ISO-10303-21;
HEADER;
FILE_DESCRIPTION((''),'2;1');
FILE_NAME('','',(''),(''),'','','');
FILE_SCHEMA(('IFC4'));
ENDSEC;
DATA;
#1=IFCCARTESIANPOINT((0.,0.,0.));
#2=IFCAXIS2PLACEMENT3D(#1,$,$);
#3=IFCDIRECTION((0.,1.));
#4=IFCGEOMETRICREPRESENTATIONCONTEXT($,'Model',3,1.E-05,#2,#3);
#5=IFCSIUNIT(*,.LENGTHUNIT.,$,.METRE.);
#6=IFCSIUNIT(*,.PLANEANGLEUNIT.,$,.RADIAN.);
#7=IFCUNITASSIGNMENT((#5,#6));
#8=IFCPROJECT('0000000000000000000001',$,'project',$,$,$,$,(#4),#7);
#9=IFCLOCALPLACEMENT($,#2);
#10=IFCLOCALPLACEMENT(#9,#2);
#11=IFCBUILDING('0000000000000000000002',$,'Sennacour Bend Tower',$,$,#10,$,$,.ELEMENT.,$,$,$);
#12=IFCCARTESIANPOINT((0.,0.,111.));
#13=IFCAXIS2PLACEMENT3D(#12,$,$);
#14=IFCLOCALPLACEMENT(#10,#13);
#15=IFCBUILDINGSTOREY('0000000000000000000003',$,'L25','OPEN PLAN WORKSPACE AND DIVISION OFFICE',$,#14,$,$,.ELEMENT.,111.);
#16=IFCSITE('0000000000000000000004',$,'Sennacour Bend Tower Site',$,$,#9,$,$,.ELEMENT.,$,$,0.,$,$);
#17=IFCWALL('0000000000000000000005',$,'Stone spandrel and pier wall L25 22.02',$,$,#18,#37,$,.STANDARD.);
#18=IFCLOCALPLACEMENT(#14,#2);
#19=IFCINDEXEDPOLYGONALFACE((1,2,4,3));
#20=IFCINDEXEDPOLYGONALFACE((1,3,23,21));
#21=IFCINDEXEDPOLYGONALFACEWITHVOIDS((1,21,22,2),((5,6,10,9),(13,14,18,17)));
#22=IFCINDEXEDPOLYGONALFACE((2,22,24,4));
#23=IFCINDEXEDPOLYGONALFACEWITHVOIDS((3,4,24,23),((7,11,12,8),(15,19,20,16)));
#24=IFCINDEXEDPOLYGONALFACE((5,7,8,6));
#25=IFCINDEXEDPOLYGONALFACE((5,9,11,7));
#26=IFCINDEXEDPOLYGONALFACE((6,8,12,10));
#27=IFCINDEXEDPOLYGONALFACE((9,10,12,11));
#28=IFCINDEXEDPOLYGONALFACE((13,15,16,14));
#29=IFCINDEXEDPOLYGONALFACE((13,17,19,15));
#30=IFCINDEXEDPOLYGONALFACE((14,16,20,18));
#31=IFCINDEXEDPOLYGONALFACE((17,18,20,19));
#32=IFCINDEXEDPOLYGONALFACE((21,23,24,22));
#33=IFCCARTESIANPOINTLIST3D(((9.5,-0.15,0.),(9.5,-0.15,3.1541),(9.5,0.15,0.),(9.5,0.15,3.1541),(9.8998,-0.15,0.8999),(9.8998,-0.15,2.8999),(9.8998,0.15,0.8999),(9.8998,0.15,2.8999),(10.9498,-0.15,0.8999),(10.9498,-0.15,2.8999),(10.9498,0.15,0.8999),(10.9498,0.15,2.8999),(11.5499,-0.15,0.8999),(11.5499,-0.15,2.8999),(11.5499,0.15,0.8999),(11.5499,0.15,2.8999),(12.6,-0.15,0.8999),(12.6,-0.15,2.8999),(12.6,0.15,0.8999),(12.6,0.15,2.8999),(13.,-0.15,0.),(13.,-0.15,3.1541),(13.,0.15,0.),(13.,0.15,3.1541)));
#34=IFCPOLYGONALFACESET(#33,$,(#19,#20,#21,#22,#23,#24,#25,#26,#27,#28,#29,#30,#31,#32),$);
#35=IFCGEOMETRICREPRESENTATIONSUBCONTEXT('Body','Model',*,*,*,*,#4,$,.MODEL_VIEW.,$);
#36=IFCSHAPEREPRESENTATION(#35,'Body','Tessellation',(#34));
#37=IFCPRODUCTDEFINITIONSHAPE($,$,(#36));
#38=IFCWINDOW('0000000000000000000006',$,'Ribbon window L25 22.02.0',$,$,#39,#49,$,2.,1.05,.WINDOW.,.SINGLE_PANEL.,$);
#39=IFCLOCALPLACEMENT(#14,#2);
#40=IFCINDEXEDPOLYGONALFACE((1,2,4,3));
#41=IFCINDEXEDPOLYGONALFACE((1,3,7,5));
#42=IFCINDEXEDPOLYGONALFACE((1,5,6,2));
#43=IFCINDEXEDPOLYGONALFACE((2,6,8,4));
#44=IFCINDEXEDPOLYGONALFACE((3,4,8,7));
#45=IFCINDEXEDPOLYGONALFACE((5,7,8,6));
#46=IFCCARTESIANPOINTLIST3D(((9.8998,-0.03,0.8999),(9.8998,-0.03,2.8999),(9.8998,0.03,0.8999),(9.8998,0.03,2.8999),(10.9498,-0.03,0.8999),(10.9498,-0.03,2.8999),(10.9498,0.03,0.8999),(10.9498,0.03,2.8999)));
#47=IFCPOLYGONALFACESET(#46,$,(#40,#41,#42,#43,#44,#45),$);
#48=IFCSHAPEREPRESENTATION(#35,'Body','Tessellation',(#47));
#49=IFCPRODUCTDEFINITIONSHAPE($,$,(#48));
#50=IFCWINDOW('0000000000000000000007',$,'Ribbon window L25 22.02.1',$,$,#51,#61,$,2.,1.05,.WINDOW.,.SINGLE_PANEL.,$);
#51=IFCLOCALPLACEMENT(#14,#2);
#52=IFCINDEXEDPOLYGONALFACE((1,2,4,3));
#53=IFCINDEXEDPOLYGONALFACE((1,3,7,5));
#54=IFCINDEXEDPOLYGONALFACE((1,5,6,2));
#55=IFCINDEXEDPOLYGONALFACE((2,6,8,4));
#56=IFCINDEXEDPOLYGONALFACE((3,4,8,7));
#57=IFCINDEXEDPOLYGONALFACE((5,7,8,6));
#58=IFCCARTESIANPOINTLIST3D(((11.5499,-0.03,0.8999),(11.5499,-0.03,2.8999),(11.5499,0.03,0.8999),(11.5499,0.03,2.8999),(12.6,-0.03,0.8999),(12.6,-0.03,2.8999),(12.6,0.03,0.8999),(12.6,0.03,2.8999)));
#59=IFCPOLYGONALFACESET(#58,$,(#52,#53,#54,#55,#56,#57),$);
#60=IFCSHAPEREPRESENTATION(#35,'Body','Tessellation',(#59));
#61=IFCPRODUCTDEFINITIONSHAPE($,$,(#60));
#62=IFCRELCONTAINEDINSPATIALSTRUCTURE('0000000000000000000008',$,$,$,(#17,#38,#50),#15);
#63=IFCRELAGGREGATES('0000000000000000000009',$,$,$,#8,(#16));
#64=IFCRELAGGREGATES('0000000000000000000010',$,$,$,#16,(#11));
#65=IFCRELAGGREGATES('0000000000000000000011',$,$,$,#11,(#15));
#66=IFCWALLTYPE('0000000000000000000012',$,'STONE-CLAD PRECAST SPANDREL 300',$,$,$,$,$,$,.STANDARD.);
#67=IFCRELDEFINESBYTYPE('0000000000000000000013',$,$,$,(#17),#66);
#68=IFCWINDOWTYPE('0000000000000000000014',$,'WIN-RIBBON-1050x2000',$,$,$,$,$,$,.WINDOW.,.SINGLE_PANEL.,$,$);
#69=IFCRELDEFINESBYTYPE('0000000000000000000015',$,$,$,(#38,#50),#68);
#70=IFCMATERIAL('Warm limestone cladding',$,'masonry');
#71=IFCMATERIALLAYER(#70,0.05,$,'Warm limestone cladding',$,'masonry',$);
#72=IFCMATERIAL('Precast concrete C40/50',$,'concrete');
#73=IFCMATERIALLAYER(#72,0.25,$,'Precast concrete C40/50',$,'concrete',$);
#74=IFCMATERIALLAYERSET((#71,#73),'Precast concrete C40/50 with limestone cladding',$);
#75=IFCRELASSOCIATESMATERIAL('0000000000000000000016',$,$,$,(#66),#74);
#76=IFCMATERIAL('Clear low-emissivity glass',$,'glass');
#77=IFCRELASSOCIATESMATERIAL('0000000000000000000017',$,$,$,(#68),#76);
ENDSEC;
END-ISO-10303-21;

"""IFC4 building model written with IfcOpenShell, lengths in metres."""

from ifc_helpers import new_model, si_unit, direction, frame, frame_2d, origin, place, context, subcontext, project, spatial, rectangle, extrude, material, layer, layer_set, type_object, element, fill, save


model = new_model("IFC4")

# Units and contexts
model_context = context("Model", 3, precision=1e-05, world=origin(), true_north=direction((0.0, 1.0)))
body_context = subcontext(model_context, "Body", "Model", "MODEL_VIEW")
ifc_project = project(units=[si_unit("LENGTHUNIT", "METRE"), si_unit("PLANEANGLEUNIT", "RADIAN")], contexts=[model_context])

# Site, building, storey
site_placement = place(None, origin())
site = spatial("IfcSite", under=ifc_project, at=site_placement, Name="Sennacour Bend Tower Site", CompositionType="ELEMENT", RefElevation=0.0)
building_placement = place(site_placement, origin())
building = spatial("IfcBuilding", under=site, at=building_placement, Name="Sennacour Bend Tower", CompositionType="ELEMENT")
storey_placement = place(building_placement, frame((0.0, 0.0, 111.0)))
storey = spatial("IfcBuildingStorey", under=building, at=storey_placement, Name="L25", Description="OPEN PLAN WORKSPACE AND DIVISION OFFICE", CompositionType="ELEMENT", Elevation=111.0)

# Wall, openings, windows
ifc_material_1 = material(Name="Warm limestone cladding", Category="masonry")
ifc_layer_1 = layer(ifc_material_1, 0.05, Name="Warm limestone cladding", Category="masonry")
ifc_material_2 = material(Name="Precast concrete C40/50", Category="concrete")
ifc_layer_2 = layer(ifc_material_2, 0.25, Name="Precast concrete C40/50", Category="concrete")
ifc_layer_set_1 = layer_set([ifc_layer_1, ifc_layer_2], Name="Precast concrete C40/50 with limestone cladding")
wall_type_1 = type_object("IfcWallType", Name="STONE-CLAD PRECAST SPANDREL 300", PredefinedType="STANDARD", material=ifc_layer_set_1)
wall_1_placement = place(storey_placement, frame((9.5, 0.0, 0.0), z_axis=(0.0, 0.0, 1.0), x_axis=(1.0, 0.0, 0.0)))
wall_1 = element("IfcWall", 1, at=wall_1_placement, inside=storey, type_object=wall_type_1, Name="Stone spandrel and pier wall L25 22.02", PredefinedType="STANDARD", context=body_context, shape_type="SweptSolid", body=[
    extrude(rectangle(XDim=3.5, YDim=0.3, at=frame_2d((1.75, 0.0))), origin(), (0.0, 0.0, 1.0), 3.1541),
])
opening_1_placement = place(wall_1_placement, frame((0.3999, 0.0, 0.8999)))
opening_1 = element("IfcOpeningElement", 2, at=opening_1_placement, cuts=wall_1, PredefinedType="OPENING", context=body_context, shape_type="SweptSolid", body=[
    extrude(rectangle(XDim=1.05, YDim=2.0, at=frame_2d((0.5249, 1.0))), frame((0.0, 0.1602, 0.0), z_axis=(0.0, -1.0, 0.0), x_axis=(1.0, 0.0, 0.0)), (0.0, 0.0, 1.0), 0.3201),
])
opening_2_placement = place(wall_1_placement, frame((2.05, 0.0, 0.8999)))
opening_2 = element("IfcOpeningElement", 3, at=opening_2_placement, cuts=wall_1, PredefinedType="OPENING", context=body_context, shape_type="SweptSolid", body=[
    extrude(rectangle(XDim=1.05, YDim=2.0, at=frame_2d((0.5249, 1.0))), frame((0.0, 0.1602, 0.0), z_axis=(0.0, -1.0, 0.0), x_axis=(1.0, 0.0, 0.0)), (0.0, 0.0, 1.0), 0.3201),
])
ifc_material_3 = material(Name="Clear low-emissivity glass", Category="glass")
window_type = type_object("IfcWindowType", Name="WIN-RIBBON-1050x2000", PartitioningType="SINGLE_PANEL", PredefinedType="WINDOW", material=ifc_material_3)
window_1_placement = place(opening_1_placement, origin())
window_1 = element("IfcWindow", 4, at=window_1_placement, inside=storey, type_object=window_type, Name="Ribbon window L25 22.02.0", OverallHeight=2.0, OverallWidth=1.05, PartitioningType="SINGLE_PANEL", PredefinedType="WINDOW", context=body_context, shape_type="SweptSolid", body=[
    extrude(rectangle(XDim=1.05, YDim=2.0, at=frame_2d((0.5249, 1.0))), frame((0.0, 0.03, 0.0), z_axis=(0.0, -1.0, 0.0), x_axis=(1.0, 0.0, 0.0)), (0.0, 0.0, 1.0), 0.0601),
])
fill(opening_1, window_1)
window_2_placement = place(opening_2_placement, origin())
window_2 = element("IfcWindow", 5, at=window_2_placement, inside=storey, type_object=window_type, Name="Ribbon window L25 22.02.1", OverallHeight=2.0, OverallWidth=1.05, PartitioningType="SINGLE_PANEL", PredefinedType="WINDOW", context=body_context, shape_type="SweptSolid", body=[
    extrude(rectangle(XDim=1.05, YDim=2.0, at=frame_2d((0.5249, 1.0))), frame((0.0, 0.03, 0.0), z_axis=(0.0, -1.0, 0.0), x_axis=(1.0, 0.0, 0.0)), (0.0, 0.0, 1.0), 0.0601),
])
fill(opening_2, window_2)

save(model, "model.ifc")
